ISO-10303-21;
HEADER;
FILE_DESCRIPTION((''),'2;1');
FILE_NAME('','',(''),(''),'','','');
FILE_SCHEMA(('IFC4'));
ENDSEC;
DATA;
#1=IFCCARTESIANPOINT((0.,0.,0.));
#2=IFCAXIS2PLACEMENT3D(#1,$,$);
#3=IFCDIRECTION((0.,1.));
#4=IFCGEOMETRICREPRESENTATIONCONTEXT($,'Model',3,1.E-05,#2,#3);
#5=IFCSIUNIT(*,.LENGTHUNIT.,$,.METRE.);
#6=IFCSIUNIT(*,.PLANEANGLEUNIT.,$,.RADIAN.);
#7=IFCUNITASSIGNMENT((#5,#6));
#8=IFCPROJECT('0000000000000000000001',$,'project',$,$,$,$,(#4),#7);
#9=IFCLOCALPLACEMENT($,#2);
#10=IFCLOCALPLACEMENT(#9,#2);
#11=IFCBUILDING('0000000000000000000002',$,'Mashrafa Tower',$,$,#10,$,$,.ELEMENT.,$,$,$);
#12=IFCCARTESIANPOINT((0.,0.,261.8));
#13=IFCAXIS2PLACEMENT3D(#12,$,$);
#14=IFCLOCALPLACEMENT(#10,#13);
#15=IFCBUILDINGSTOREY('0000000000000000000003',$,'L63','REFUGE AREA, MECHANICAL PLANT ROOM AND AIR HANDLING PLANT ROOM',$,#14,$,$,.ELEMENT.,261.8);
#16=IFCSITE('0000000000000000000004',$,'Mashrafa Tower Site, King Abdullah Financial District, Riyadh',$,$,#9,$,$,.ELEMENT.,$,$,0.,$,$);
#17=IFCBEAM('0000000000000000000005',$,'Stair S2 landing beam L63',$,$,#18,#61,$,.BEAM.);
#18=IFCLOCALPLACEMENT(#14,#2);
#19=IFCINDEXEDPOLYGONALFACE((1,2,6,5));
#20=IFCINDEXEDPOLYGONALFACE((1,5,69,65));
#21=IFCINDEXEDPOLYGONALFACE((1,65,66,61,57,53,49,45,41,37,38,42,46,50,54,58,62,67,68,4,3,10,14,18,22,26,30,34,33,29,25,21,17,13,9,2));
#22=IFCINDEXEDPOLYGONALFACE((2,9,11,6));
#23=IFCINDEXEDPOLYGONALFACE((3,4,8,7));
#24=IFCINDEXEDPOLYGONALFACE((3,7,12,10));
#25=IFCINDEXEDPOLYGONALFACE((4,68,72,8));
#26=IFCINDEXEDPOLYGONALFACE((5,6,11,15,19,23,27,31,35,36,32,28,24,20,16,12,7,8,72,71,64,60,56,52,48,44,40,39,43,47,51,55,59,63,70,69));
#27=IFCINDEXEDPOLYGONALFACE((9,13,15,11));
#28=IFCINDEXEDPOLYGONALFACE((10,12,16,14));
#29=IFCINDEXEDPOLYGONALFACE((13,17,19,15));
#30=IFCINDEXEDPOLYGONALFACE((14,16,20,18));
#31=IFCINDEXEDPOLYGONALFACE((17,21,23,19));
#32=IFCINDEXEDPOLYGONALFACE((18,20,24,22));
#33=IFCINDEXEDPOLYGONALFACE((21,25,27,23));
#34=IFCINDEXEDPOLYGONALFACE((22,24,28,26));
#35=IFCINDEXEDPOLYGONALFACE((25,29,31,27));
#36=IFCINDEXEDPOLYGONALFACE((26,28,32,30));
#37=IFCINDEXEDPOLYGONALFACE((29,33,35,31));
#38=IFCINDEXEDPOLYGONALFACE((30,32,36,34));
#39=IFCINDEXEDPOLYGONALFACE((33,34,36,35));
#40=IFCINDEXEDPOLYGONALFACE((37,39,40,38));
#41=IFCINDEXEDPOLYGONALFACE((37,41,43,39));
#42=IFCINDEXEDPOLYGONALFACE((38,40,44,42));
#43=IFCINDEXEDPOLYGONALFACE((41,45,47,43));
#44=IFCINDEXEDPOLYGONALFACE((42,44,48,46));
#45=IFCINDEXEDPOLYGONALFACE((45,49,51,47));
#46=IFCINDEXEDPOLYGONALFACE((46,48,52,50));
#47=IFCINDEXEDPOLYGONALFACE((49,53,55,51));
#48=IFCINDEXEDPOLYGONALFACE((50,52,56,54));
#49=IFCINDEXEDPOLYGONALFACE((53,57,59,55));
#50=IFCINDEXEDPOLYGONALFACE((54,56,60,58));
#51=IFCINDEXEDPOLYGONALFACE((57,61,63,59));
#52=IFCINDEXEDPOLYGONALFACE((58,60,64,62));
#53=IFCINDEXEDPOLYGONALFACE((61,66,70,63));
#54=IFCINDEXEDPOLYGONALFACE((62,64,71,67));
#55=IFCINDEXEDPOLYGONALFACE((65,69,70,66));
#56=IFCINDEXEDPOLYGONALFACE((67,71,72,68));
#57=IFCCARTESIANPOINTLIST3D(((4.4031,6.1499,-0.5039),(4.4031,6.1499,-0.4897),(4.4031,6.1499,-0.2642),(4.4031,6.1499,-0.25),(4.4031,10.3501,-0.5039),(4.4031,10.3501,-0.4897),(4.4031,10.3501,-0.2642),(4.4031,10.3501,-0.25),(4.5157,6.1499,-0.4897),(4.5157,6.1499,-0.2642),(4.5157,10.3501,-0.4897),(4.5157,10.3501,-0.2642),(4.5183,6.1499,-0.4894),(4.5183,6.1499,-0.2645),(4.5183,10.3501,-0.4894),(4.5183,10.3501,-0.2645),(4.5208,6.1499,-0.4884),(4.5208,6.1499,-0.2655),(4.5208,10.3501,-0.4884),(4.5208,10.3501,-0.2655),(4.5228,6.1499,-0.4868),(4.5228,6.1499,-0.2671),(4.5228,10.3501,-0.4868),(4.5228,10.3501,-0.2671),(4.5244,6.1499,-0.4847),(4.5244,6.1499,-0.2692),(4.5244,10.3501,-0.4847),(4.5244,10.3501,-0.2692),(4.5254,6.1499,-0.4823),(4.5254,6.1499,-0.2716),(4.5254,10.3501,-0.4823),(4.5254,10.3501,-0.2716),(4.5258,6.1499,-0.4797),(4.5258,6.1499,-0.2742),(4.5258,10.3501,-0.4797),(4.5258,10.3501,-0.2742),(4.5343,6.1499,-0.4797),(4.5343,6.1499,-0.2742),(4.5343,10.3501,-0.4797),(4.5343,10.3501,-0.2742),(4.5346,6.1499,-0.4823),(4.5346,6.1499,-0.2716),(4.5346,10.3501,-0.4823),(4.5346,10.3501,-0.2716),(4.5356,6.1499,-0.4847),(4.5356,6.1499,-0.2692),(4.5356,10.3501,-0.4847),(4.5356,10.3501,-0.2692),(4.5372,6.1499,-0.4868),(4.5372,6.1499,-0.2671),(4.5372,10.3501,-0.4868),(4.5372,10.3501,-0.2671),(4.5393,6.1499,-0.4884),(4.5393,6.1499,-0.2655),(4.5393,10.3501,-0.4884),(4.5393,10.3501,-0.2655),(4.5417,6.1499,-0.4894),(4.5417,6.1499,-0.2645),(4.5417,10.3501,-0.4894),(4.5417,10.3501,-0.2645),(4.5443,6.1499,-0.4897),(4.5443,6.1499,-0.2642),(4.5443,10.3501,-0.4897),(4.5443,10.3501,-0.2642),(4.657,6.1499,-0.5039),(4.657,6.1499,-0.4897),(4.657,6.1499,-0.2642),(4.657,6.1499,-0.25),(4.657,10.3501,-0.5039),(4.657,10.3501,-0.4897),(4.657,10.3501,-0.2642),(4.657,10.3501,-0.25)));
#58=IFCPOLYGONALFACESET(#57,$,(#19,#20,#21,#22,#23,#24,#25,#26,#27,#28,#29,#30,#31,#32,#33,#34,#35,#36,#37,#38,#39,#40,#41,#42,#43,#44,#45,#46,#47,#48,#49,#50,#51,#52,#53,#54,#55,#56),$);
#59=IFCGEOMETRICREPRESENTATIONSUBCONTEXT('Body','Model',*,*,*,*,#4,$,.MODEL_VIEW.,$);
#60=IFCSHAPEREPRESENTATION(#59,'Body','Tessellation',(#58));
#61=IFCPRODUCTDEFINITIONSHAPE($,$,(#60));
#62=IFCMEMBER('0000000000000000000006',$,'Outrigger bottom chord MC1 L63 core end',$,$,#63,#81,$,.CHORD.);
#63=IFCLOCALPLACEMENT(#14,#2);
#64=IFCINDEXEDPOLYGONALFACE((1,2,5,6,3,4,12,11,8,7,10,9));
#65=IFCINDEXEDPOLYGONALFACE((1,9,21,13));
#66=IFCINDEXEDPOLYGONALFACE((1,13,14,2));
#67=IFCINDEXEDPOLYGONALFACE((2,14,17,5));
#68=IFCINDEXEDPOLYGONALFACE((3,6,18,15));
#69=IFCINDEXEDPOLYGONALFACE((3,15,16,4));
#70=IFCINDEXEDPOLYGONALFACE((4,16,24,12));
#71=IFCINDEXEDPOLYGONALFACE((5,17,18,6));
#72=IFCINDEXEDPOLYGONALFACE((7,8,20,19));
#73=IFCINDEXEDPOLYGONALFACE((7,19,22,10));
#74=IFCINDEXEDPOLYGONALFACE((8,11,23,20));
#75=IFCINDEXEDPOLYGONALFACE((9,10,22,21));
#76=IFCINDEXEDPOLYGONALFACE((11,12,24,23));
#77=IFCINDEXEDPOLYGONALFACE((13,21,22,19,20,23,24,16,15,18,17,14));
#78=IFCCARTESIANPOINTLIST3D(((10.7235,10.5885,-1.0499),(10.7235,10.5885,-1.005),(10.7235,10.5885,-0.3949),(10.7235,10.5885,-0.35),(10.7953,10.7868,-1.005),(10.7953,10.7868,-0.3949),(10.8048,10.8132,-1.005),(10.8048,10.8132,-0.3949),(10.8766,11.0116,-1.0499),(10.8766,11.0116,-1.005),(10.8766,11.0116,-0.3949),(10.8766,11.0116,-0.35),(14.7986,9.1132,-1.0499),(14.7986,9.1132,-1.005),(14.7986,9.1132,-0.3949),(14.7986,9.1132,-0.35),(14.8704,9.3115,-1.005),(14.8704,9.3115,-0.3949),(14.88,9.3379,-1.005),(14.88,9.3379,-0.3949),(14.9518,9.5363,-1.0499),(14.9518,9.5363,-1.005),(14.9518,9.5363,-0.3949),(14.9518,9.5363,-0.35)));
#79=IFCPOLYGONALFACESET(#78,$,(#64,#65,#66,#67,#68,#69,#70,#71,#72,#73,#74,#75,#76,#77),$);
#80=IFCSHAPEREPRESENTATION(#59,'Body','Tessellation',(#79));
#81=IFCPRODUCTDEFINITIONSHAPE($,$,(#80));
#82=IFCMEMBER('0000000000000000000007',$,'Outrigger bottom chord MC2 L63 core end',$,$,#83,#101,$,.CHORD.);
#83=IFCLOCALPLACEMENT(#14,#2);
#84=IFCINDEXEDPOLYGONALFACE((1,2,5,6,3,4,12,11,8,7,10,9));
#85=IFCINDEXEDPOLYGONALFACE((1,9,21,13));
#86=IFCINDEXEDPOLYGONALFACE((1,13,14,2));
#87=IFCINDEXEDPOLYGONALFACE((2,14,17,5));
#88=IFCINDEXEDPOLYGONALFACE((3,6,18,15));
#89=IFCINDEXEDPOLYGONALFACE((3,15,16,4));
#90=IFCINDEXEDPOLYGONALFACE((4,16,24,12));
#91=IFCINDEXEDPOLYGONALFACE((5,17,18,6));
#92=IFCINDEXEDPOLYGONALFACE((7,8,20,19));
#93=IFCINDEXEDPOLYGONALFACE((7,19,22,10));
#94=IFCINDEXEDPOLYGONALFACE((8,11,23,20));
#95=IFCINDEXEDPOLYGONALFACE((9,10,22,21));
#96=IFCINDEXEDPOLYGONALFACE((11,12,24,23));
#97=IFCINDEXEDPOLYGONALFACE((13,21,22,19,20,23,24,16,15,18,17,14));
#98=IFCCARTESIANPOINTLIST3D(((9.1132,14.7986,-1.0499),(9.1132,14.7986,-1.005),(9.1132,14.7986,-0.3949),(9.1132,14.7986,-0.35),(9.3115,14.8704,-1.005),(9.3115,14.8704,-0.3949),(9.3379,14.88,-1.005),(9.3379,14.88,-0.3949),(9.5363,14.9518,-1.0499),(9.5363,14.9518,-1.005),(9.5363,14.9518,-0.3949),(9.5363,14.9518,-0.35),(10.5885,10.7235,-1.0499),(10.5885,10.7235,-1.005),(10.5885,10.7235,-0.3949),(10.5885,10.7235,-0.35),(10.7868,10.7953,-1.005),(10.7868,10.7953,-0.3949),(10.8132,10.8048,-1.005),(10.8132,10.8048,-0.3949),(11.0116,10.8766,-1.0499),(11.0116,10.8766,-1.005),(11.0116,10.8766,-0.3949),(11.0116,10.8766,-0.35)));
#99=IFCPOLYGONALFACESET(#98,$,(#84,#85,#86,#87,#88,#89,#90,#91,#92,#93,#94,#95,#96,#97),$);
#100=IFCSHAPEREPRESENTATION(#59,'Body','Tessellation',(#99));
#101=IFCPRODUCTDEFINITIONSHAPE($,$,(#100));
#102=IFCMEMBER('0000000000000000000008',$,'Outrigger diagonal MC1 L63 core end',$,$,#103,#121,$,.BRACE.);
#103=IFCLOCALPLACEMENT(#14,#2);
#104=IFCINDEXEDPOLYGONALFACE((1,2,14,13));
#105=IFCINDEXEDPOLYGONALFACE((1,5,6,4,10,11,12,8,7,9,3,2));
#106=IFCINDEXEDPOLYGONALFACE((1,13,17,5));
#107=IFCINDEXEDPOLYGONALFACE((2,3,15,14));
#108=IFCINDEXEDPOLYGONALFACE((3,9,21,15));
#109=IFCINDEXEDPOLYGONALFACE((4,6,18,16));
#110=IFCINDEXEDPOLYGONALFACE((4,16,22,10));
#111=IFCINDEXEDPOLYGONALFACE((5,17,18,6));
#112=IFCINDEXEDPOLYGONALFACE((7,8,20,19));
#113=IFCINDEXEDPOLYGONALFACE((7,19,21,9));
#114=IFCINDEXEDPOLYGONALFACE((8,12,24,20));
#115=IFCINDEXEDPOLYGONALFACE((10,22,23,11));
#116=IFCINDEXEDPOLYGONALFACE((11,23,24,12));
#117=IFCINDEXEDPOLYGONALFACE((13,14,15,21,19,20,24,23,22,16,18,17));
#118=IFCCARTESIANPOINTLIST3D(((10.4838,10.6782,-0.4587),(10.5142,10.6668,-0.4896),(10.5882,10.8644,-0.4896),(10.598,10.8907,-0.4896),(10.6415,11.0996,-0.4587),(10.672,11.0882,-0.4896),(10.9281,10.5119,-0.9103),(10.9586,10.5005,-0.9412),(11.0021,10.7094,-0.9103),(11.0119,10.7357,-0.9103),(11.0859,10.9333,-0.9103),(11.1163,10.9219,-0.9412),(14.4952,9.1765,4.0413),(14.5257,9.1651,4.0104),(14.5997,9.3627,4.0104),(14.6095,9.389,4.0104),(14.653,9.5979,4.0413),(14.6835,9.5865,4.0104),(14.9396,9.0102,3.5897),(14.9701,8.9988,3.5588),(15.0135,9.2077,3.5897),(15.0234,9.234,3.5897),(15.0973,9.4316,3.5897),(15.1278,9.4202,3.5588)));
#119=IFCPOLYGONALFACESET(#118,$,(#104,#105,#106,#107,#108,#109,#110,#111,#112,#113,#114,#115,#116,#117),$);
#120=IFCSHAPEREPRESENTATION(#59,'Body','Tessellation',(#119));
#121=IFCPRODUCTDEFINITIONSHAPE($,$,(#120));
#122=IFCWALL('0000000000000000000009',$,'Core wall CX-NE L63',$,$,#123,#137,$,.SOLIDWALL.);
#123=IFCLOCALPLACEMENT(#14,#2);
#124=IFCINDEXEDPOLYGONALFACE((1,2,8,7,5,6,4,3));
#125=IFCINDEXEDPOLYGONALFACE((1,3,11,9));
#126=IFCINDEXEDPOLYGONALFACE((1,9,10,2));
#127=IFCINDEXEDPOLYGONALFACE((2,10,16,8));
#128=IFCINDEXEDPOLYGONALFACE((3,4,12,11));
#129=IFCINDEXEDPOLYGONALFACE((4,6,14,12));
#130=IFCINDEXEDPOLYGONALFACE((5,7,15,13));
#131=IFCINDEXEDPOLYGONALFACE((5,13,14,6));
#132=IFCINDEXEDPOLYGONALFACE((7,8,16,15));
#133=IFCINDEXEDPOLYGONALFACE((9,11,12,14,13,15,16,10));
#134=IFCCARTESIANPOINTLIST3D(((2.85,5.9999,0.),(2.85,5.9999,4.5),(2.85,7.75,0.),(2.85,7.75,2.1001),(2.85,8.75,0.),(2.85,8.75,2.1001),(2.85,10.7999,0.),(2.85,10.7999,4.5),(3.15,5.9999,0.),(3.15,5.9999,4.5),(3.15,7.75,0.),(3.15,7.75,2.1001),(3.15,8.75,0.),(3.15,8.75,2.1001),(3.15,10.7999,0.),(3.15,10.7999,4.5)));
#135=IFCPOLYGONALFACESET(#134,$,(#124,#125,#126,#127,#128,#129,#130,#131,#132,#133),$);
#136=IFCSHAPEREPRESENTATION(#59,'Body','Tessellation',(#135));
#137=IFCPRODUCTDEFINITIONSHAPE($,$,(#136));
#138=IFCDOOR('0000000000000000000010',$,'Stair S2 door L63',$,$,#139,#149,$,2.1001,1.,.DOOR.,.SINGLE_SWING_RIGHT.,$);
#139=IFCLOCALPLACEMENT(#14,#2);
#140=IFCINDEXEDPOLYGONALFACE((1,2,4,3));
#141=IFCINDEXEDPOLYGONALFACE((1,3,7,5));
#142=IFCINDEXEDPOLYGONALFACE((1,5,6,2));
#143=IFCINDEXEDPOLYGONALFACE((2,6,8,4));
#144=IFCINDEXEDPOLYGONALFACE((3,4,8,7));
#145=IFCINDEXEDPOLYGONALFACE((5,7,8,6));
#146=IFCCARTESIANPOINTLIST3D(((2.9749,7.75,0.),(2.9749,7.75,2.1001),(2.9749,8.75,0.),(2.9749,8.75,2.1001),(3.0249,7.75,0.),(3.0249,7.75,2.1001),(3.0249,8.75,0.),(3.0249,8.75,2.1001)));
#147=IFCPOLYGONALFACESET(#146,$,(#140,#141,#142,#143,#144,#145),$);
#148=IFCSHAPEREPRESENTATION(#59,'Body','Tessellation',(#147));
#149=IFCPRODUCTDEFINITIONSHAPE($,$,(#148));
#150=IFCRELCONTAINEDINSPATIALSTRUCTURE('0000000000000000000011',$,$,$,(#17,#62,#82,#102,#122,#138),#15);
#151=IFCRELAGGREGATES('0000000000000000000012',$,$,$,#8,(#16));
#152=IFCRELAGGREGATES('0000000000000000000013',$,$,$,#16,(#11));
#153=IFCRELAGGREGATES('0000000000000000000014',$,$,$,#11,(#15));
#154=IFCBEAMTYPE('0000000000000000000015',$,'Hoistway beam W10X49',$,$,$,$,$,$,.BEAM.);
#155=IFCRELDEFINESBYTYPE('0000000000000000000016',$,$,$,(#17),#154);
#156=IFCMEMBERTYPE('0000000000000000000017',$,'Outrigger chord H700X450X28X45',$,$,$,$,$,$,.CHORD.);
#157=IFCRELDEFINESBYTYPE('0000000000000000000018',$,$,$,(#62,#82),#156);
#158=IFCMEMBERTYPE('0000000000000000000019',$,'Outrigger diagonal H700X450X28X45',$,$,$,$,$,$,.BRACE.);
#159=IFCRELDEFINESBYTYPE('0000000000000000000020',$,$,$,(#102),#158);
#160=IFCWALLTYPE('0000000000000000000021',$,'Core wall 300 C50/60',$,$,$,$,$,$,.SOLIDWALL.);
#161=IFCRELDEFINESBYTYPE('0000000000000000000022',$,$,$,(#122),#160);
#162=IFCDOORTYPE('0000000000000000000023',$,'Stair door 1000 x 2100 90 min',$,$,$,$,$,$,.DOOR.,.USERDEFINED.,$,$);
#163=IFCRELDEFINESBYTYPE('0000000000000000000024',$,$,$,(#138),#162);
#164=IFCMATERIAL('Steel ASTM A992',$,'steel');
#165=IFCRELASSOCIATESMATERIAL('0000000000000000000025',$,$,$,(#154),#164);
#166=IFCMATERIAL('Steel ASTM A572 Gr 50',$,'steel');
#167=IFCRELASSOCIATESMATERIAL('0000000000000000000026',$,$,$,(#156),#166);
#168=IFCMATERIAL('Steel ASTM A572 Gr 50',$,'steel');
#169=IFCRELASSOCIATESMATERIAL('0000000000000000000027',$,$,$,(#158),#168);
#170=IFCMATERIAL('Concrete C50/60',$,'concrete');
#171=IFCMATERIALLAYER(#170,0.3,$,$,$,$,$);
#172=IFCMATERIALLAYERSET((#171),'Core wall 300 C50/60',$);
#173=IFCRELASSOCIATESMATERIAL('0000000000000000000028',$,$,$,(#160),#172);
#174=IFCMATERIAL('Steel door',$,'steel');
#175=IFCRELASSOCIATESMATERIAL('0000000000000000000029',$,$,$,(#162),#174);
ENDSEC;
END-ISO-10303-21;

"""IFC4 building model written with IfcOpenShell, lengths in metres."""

from ifc_helpers import new_model, si_unit, direction, frame, frame_2d, origin, origin_2d, place, context, subcontext, project, spatial, rectangle, i_section, extrude, source, transform, mapped, material, layer, layer_set, material_profile, profile_set, type_object, type_shapes, element, fill, save


model = new_model("IFC4")

# Units and contexts
model_context = context("Model", 3, precision=1e-05, world=origin(), true_north=direction((0.0, 1.0)))
body_context = subcontext(model_context, "Body", "Model", "MODEL_VIEW")
ifc_project = project(units=[si_unit("LENGTHUNIT", "METRE"), si_unit("PLANEANGLEUNIT", "RADIAN")], contexts=[model_context])

# Site, building, storey
site_placement = place(None, origin())
site = spatial("IfcSite", under=ifc_project, at=site_placement, Name="Mashrafa Tower Site, King Abdullah Financial District, Riyadh", CompositionType="ELEMENT", RefElevation=0.0)
building_placement = place(site_placement, origin())
building = spatial("IfcBuilding", under=site, at=building_placement, Name="Mashrafa Tower", CompositionType="ELEMENT")
storey_placement = place(building_placement, frame((0.0, 0.0, 261.8)))
storey = spatial("IfcBuildingStorey", under=building, at=storey_placement, Name="L63", Description="REFUGE AREA, MECHANICAL PLANT ROOM AND AIR HANDLING PLANT ROOM", CompositionType="ELEMENT", Elevation=261.8)

# Beam
ifc_material_1 = material(Name="Steel ASTM A992", Category="steel")
ifc_material_profile_1 = material_profile(ifc_material_1, i_section(OverallWidth=0.2539, OverallDepth=0.2539, WebThickness=0.0085, FlangeThickness=0.0142, FilletRadius=0.01, at=origin_2d()), Name="W10X49")
ifc_profile_set_1 = profile_set([ifc_material_profile_1], Name="Steel ASTM A992")
beam_type_1 = type_object("IfcBeamType", Name="Hoistway beam W10X49", PredefinedType="BEAM", material=ifc_profile_set_1)
beam_1_placement = place(storey_placement, frame((4.53, 6.1499, -0.377), z_axis=(0.0, 1.0, 0.0), x_axis=(-1.0, 0.0, 0.0)))
element("IfcBeam", 1, at=beam_1_placement, inside=storey, type_object=beam_type_1, Name="Stair S2 landing beam L63", PredefinedType="BEAM", context=body_context, shape_type="SweptSolid", body=[
    extrude(i_section(OverallWidth=0.2539, OverallDepth=0.2539, WebThickness=0.0085, FlangeThickness=0.0142, FilletRadius=0.01, at=origin_2d()), origin(), (0.0, 0.0, 1.0), 4.2002),
])

# Members
ifc_material_2 = material(Name="Steel ASTM A572 Gr 50", Category="steel")
ifc_material_profile_2 = material_profile(ifc_material_2, i_section(OverallWidth=0.45, OverallDepth=0.7, WebThickness=0.0281, FlangeThickness=0.0449, at=origin_2d()), Name="H700X450X28X45")
ifc_profile_set_2 = profile_set([ifc_material_profile_2], Name="Steel ASTM A572 Gr 50")
member_type_1 = type_object("IfcMemberType", Name="Outrigger chord H700X450X28X45", PredefinedType="CHORD", material=ifc_profile_set_2)
shared_shape_1 = source(origin(), body_context, "Body", "SweptSolid", [
    extrude(i_section(OverallWidth=0.45, OverallDepth=0.7, WebThickness=0.0281, FlangeThickness=0.0449, at=origin_2d()), origin(), (0.0, 0.0, 1.0), 4.334),
])
type_shapes(member_type_1, [shared_shape_1])
for number, where, z_axis, x_axis, name in (
    (2, (10.8, 10.8, -0.7), (0.940278, -0.340408, 0.0), (0.340408, 0.940278, 0.0), "Outrigger bottom chord MC1 L63 core end"),
    (3, (10.8, 10.8, -0.7), (-0.340408, 0.940278, 0.0), (-0.940278, -0.340408, 0.0), "Outrigger bottom chord MC2 L63 core end"),
):
    element("IfcMember", number, at=place(storey_placement, frame(where, z_axis=z_axis, x_axis=x_axis)), inside=storey, type_object=member_type_1, Name=name, PredefinedType="CHORD", context=body_context, shape_type="MappedRepresentation", body=[
        mapped(shared_shape_1, transform((0.0, 0.0, 0.0))),
    ])
ifc_material_3 = material(Name="Steel ASTM A572 Gr 50", Category="steel")
ifc_material_profile_3 = material_profile(ifc_material_3, i_section(OverallWidth=0.45, OverallDepth=0.7, WebThickness=0.0281, FlangeThickness=0.0449, at=origin_2d()), Name="H700X450X28X45")
ifc_profile_set_3 = profile_set([ifc_material_profile_3], Name="Steel ASTM A572 Gr 50")
member_type_2 = type_object("IfcMemberType", Name="Outrigger diagonal H700X450X28X45", PredefinedType="BRACE", material=ifc_profile_set_3)
shared_shape_2 = source(origin(), body_context, "Body", "SweptSolid", [
    extrude(i_section(OverallWidth=0.45, OverallDepth=0.7, WebThickness=0.0281, FlangeThickness=0.0449, at=origin_2d()), origin(), (0.0, 0.0, 1.0), 6.2126),
])
type_shapes(member_type_2, [shared_shape_2])
member_placement = place(storey_placement, frame((10.8, 10.8, -0.7), z_axis=(0.645694, -0.241718, 0.724328), x_axis=(0.350592, 0.936528, 0.0)))
element("IfcMember", 4, at=member_placement, inside=storey, type_object=member_type_2, Name="Outrigger diagonal MC1 L63 core end", PredefinedType="BRACE", context=body_context, shape_type="MappedRepresentation", body=[
    mapped(shared_shape_2, transform((0.0, 0.0, 0.0))),
])

# Wall, opening, door
ifc_material_4 = material(Name="Concrete C50/60", Category="concrete")
ifc_layer_1 = layer(ifc_material_4, 0.3)
ifc_layer_set_1 = layer_set([ifc_layer_1], Name="Core wall 300 C50/60")
wall_type_1 = type_object("IfcWallType", Name="Core wall 300 C50/60", PredefinedType="SOLIDWALL", material=ifc_layer_set_1)
wall_1_placement = place(storey_placement, frame((3.0, 6.0, 0.0), z_axis=(0.0, 0.0, 1.0), x_axis=(0.0, 1.0, 0.0)))
wall_1 = element("IfcWall", 5, at=wall_1_placement, inside=storey, type_object=wall_type_1, Name="Core wall CX-NE L63", PredefinedType="SOLIDWALL", context=body_context, shape_type="SweptSolid", body=[
    extrude(rectangle(XDim=4.8, YDim=0.3, at=frame_2d((2.3999, 0.0))), origin(), (0.0, 0.0, 1.0), 4.5),
])
opening_1_placement = place(wall_1_placement, frame((1.75, 0.0, 0.0)))
opening_1 = element("IfcOpeningElement", 6, at=opening_1_placement, cuts=wall_1, PredefinedType="OPENING", context=body_context, shape_type="SweptSolid", body=[
    extrude(rectangle(XDim=1.0, YDim=2.1001, at=frame_2d((0.5, 1.05))), frame((0.0, 0.1599, 0.0), z_axis=(0.0, -1.0, 0.0), x_axis=(1.0, 0.0, 0.0)), (0.0, 0.0, 1.0), 0.3201),
])
ifc_material_5 = material(Name="Steel door", Category="steel")
door_type_1 = type_object("IfcDoorType", Name="Stair door 1000 x 2100 90 min", OperationType="USERDEFINED", PredefinedType="DOOR", material=ifc_material_5)
door_1_placement = place(opening_1_placement, frame((1.0, 0.0, 0.0), z_axis=(0.0, 0.0, 1.0), x_axis=(-1.0, 0.0, 0.0)))
door_1 = element("IfcDoor", 7, at=door_1_placement, inside=storey, type_object=door_type_1, Name="Stair S2 door L63", OperationType="SINGLE_SWING_RIGHT", OverallHeight=2.1001, OverallWidth=1.0, PredefinedType="DOOR", context=body_context, shape_type="SweptSolid", body=[
    extrude(rectangle(XDim=1.0, YDim=2.1001, at=frame_2d((0.5, 1.05))), frame((0.0, 0.0249, 0.0), z_axis=(0.0, -1.0, 0.0), x_axis=(1.0, 0.0, 0.0)), (0.0, 0.0, 1.0), 0.05),
])
fill(opening_1, door_1)

save(model, "model.ifc")
